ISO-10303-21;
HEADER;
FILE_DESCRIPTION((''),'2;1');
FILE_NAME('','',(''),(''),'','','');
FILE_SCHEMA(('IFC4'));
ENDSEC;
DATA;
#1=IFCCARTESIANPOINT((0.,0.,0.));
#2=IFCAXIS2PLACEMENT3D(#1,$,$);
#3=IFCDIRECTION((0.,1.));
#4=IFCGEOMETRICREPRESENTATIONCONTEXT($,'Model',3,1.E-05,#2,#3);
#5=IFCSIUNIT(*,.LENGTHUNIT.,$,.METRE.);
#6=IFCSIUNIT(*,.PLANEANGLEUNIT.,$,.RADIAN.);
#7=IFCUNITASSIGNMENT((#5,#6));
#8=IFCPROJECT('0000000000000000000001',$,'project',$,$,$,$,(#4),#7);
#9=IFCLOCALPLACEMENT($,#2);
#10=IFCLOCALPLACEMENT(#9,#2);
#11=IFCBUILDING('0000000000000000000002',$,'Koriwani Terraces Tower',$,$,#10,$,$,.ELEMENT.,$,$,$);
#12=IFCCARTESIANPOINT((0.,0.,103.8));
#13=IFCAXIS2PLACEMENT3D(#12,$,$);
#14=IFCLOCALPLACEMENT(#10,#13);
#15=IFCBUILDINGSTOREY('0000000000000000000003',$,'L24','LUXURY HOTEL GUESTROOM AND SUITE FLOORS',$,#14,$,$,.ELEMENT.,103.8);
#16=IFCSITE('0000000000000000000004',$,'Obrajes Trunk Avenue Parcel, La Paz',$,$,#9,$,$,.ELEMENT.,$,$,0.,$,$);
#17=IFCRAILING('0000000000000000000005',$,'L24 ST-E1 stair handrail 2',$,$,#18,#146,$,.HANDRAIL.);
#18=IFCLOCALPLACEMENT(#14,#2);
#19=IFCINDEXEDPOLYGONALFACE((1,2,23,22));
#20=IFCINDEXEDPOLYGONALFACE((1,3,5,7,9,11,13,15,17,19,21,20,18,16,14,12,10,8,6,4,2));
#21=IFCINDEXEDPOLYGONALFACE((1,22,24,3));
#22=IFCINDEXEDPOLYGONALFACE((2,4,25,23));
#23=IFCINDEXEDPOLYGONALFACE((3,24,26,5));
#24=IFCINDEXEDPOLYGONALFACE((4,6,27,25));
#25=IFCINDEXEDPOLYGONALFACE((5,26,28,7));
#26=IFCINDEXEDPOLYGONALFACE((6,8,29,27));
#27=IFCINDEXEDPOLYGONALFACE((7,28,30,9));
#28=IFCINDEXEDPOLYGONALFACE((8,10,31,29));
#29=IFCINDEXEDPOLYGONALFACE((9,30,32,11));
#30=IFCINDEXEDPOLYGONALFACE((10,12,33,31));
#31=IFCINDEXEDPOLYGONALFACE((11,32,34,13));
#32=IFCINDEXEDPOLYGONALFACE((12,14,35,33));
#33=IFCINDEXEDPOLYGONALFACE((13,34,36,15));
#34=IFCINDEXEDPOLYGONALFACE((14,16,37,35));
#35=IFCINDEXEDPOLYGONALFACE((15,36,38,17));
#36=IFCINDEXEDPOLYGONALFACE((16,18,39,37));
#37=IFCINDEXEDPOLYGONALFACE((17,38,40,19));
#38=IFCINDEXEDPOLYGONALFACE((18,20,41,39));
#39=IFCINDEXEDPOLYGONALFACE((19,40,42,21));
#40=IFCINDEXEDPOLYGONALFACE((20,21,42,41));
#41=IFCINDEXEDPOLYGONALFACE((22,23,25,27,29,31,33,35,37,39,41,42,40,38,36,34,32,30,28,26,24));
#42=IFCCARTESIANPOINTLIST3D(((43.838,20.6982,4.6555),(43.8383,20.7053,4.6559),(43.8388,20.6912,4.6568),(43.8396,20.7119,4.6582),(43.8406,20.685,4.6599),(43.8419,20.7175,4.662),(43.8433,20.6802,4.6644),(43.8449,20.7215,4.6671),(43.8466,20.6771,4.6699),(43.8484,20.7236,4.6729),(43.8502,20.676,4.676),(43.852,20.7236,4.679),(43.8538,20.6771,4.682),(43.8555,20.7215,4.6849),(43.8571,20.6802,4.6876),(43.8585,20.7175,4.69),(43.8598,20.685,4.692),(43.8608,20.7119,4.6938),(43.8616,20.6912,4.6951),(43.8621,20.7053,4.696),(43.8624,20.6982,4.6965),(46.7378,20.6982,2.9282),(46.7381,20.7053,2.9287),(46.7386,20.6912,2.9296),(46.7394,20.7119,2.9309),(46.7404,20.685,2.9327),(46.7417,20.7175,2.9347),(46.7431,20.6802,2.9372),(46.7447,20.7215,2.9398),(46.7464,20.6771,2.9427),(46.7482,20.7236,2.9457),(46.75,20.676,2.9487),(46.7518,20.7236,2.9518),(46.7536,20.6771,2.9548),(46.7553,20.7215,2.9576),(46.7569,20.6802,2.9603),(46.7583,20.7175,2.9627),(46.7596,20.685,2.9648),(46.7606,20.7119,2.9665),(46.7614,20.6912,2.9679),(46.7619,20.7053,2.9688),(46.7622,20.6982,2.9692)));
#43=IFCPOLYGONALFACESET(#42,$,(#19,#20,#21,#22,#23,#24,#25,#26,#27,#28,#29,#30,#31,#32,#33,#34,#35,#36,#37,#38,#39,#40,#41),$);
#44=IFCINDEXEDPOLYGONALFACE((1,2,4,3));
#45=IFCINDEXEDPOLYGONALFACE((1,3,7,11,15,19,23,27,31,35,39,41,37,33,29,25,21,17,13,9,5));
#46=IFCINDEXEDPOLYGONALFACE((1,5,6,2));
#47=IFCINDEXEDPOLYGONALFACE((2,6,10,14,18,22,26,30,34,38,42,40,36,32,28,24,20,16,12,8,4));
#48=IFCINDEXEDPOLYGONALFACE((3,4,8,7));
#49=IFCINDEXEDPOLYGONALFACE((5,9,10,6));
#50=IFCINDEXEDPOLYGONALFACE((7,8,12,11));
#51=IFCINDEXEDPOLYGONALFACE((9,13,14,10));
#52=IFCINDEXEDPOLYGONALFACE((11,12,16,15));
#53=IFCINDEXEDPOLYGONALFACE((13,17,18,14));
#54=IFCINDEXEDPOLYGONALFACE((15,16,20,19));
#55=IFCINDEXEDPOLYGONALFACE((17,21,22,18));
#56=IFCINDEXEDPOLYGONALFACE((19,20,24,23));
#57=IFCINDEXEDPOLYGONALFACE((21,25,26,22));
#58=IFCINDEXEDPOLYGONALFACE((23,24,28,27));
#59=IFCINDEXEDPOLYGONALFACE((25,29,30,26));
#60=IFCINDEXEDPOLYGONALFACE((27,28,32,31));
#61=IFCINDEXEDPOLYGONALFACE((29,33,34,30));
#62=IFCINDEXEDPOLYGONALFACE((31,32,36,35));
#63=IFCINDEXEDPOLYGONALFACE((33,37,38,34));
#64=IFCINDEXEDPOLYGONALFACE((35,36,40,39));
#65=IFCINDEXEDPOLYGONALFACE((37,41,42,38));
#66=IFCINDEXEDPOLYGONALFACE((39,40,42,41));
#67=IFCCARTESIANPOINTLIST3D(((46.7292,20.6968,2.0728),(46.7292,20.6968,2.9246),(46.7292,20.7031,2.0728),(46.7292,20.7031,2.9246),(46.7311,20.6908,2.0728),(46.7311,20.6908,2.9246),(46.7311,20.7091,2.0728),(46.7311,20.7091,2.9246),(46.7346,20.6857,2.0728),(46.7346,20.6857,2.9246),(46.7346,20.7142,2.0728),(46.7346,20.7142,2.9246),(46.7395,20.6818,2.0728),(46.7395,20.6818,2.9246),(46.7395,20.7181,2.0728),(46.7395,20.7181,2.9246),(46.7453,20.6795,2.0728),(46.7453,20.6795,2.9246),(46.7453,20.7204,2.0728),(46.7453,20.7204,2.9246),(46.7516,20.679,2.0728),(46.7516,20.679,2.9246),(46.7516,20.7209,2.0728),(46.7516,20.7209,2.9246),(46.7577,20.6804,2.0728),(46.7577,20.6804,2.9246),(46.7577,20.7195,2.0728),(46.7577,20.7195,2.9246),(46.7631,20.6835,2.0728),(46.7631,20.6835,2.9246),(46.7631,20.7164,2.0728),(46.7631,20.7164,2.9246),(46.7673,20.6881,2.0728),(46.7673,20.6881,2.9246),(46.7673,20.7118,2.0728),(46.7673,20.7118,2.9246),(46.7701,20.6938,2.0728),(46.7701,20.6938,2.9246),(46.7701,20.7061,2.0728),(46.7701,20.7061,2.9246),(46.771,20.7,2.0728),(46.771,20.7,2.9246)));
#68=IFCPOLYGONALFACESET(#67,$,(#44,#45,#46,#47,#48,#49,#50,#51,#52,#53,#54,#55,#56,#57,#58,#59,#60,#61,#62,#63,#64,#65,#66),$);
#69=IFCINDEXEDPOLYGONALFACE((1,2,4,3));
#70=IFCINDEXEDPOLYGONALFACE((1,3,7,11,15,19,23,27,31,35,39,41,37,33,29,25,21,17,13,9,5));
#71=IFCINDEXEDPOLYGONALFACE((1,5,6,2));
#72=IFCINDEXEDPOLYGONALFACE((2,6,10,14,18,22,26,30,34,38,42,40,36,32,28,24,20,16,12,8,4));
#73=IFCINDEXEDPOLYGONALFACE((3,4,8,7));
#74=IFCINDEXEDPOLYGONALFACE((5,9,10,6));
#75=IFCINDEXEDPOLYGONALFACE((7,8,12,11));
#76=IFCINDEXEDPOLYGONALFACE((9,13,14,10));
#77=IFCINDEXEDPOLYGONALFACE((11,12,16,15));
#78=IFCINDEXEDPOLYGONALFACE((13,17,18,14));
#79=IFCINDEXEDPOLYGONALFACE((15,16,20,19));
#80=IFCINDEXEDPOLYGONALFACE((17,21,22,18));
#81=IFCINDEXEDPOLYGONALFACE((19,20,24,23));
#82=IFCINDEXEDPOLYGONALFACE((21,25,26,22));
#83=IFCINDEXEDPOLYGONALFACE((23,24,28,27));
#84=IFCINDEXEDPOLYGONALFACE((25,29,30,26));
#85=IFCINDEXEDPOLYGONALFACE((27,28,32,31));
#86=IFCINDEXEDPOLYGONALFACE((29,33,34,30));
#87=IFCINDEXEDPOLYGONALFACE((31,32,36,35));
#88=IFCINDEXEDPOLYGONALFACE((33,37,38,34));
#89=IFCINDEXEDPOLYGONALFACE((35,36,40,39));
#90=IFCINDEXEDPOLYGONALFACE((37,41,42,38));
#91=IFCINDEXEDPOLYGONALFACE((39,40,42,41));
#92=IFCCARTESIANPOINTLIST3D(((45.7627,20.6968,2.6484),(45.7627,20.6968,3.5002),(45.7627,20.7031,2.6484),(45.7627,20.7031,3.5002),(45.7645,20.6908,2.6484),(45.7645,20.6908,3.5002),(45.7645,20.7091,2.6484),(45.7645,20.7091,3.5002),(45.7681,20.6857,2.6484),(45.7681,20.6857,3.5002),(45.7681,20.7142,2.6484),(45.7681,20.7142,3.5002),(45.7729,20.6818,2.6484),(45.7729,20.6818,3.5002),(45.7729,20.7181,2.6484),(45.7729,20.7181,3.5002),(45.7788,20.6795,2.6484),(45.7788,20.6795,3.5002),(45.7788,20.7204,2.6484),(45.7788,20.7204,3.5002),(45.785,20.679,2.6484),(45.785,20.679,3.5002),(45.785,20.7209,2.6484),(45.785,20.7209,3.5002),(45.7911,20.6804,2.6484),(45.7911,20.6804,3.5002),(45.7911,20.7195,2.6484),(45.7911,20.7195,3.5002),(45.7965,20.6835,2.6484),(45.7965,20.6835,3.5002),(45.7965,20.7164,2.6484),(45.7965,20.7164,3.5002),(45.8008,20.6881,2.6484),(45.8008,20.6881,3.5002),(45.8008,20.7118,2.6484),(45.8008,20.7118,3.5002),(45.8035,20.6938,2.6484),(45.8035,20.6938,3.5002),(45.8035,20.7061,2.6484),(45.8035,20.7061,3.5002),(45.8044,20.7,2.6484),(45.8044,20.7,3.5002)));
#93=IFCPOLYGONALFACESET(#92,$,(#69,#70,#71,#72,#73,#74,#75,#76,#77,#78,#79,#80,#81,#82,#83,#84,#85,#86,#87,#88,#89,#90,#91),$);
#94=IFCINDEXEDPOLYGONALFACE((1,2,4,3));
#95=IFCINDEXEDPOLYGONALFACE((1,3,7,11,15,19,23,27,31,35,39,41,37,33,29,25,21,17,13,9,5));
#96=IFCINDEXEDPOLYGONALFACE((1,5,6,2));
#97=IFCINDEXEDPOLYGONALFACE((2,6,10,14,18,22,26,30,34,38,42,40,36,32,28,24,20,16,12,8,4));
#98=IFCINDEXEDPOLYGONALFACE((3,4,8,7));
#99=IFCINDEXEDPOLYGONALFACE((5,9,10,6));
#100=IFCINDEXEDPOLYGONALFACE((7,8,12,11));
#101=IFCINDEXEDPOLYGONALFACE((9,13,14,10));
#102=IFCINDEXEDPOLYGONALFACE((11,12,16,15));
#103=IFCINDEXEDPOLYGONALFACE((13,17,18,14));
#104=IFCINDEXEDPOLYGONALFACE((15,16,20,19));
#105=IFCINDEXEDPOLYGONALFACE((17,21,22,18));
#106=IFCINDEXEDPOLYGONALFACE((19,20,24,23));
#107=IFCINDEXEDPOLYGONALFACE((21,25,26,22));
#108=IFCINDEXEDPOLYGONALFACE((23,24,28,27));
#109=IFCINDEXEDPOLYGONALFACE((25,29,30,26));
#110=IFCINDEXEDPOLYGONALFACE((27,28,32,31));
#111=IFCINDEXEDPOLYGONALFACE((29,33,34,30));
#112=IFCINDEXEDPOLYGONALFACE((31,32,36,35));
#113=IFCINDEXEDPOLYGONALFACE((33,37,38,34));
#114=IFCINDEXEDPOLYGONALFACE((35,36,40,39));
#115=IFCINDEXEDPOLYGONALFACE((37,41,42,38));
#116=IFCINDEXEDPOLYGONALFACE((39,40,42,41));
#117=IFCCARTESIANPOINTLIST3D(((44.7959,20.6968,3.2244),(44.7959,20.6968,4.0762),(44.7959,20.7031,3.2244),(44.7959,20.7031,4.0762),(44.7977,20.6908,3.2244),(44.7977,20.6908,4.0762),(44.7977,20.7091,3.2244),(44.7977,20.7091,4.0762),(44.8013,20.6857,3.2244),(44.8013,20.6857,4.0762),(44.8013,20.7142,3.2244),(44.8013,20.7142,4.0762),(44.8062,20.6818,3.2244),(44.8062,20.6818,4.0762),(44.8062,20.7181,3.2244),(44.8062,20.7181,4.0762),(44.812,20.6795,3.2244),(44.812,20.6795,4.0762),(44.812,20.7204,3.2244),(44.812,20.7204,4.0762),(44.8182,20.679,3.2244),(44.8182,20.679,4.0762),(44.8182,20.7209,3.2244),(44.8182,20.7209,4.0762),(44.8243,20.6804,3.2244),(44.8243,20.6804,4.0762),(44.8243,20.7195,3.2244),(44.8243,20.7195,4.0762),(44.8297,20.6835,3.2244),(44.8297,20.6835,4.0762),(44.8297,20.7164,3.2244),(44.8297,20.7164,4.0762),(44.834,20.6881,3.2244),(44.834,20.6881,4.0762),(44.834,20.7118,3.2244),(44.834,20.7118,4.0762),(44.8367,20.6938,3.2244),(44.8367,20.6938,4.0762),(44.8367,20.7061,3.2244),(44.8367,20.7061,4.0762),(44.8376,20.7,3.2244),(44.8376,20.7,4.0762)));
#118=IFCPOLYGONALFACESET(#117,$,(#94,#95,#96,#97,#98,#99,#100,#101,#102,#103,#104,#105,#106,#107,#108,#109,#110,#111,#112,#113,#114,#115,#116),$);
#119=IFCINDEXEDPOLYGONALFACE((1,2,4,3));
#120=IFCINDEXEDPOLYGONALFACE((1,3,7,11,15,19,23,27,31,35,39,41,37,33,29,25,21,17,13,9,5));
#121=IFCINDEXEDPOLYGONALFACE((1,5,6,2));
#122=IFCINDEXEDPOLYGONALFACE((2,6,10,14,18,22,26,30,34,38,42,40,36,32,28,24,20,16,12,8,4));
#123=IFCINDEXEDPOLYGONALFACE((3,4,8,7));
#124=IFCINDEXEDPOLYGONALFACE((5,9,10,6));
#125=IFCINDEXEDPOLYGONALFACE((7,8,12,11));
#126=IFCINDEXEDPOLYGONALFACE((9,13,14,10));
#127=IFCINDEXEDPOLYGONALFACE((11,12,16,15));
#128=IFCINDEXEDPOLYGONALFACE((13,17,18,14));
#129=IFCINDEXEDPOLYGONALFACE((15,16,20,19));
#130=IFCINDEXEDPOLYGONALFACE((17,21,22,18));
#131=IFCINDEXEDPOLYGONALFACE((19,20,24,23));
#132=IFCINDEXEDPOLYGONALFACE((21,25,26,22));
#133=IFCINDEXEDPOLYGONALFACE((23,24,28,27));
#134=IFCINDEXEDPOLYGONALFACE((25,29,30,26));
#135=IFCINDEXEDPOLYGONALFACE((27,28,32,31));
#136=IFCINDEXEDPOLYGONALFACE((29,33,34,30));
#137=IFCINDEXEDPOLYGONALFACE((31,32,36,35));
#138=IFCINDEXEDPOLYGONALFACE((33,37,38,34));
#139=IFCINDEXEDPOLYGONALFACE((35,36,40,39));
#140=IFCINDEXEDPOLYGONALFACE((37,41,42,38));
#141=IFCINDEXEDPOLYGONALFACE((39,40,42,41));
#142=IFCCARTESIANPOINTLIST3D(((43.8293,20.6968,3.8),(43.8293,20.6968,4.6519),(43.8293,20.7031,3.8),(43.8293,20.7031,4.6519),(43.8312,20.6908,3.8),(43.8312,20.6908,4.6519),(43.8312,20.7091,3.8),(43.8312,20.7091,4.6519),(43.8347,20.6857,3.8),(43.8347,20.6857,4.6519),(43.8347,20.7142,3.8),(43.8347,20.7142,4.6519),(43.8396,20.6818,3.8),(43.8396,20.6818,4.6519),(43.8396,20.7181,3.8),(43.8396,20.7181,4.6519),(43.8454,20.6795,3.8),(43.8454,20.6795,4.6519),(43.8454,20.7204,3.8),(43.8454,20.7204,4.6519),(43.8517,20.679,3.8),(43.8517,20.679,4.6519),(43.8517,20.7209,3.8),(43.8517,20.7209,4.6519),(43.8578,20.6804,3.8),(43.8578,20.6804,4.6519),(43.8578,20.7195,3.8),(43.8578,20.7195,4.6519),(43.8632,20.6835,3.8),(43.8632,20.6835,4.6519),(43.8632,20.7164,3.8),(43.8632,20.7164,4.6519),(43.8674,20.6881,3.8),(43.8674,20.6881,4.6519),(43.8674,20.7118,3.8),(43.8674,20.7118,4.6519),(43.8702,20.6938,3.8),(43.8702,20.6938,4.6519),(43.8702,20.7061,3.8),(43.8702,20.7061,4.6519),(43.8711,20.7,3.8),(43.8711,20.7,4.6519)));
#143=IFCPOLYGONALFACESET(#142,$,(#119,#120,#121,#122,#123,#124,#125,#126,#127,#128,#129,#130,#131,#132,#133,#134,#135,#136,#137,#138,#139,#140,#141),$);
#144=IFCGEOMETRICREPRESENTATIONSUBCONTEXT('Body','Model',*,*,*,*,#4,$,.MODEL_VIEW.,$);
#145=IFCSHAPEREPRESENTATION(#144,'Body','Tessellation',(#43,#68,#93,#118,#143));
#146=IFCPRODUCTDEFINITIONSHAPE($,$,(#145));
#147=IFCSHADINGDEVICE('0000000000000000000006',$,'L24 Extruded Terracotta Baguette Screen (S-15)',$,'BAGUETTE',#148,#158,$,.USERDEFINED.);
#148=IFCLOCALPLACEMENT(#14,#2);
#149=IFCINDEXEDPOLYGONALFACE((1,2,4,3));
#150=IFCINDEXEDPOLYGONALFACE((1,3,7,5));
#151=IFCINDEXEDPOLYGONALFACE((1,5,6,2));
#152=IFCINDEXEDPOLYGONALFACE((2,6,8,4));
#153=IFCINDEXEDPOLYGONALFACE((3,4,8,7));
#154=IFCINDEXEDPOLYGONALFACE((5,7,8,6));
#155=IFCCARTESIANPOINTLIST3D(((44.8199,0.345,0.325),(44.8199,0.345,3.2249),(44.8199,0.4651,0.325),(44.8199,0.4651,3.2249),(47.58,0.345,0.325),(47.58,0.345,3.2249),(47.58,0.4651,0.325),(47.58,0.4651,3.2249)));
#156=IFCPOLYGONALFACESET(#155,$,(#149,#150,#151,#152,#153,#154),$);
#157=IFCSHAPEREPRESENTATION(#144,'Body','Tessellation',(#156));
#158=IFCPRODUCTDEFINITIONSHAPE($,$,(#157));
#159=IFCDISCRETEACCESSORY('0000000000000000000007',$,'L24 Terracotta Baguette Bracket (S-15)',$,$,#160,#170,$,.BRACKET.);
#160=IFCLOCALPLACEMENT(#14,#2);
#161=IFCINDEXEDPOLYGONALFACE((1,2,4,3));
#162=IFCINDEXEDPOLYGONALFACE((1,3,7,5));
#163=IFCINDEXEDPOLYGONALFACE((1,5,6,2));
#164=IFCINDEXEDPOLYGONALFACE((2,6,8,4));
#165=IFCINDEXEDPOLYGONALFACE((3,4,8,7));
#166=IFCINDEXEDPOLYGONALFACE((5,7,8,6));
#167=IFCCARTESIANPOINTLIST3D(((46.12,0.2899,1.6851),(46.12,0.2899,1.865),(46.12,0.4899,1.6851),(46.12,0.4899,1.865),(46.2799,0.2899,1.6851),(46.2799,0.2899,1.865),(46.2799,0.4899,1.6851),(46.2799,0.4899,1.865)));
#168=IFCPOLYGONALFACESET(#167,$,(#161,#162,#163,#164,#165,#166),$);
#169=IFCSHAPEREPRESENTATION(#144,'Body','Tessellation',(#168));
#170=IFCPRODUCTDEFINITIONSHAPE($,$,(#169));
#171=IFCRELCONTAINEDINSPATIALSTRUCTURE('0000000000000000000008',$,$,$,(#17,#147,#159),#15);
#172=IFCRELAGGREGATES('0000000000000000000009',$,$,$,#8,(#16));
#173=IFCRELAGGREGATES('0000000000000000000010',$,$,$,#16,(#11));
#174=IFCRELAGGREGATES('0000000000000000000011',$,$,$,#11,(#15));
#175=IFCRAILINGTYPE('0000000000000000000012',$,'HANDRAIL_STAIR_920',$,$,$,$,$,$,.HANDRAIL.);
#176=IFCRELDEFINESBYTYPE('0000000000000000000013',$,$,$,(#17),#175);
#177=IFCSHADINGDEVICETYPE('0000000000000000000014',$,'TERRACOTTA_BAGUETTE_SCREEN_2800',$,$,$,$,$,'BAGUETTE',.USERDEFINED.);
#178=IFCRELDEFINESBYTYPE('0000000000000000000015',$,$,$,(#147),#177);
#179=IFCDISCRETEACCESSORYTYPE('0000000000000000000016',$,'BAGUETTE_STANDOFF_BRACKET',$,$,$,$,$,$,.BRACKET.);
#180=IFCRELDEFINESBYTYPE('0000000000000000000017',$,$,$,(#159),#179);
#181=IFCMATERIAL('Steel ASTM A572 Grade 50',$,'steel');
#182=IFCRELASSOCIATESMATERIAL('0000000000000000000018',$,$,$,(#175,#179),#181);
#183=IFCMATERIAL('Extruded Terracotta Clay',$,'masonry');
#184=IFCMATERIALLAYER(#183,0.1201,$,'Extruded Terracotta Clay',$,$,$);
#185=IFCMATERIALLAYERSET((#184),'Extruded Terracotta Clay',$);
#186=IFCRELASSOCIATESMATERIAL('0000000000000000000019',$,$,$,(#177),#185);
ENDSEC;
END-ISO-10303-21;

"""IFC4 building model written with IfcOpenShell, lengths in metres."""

from ifc_helpers import new_model, si_unit, direction, frame, origin, origin_2d, place, context, subcontext, project, spatial, rectangle, circle, extrude, material, layer, layer_set, type_object, element, save


model = new_model("IFC4")

# Units and contexts
model_context = context("Model", 3, precision=1e-05, world=origin(), true_north=direction((0.0, 1.0)))
body_context = subcontext(model_context, "Body", "Model", "MODEL_VIEW")
ifc_project = project(units=[si_unit("LENGTHUNIT", "METRE"), si_unit("PLANEANGLEUNIT", "RADIAN")], contexts=[model_context])

# Site, building, storey
site_placement = place(None, origin())
site = spatial("IfcSite", under=ifc_project, at=site_placement, Name="Obrajes Trunk Avenue Parcel, La Paz", CompositionType="ELEMENT", RefElevation=0.0)
building_placement = place(site_placement, origin())
building = spatial("IfcBuilding", under=site, at=building_placement, Name="Koriwani Terraces Tower", CompositionType="ELEMENT")
storey_placement = place(building_placement, frame((0.0, 0.0, 103.8)))
storey = spatial("IfcBuildingStorey", under=building, at=storey_placement, Name="L24", Description="LUXURY HOTEL GUESTROOM AND SUITE FLOORS", CompositionType="ELEMENT", Elevation=103.8)

# Shared definitions
ifc_material_1 = material(Name="Steel ASTM A572 Grade 50", Category="steel")

# Railing
railing_type_1 = type_object("IfcRailingType", Name="HANDRAIL_STAIR_920", PredefinedType="HANDRAIL", material=ifc_material_1)
railing_1_placement = place(storey_placement, frame((46.75, 20.7, 2.0728)))
element("IfcRailing", 1, at=railing_1_placement, inside=storey, type_object=railing_type_1, Name="L24 ST-E1 stair handrail 2", PredefinedType="HANDRAIL", context=body_context, shape_type="SweptSolid", body=[
    extrude(circle(Radius=0.0239, at=origin_2d()), frame((0.0, 0.0, 0.876), z_axis=(-0.859141, 0.0, 0.511738), x_axis=(0.0, -1.0, 0.0)), (0.0, 0.0, 1.0), 3.3752),
    extrude(circle(Radius=0.021, at=origin_2d()), origin(), (0.0, 0.0, 1.0), 0.8518),
    extrude(circle(Radius=0.021, at=origin_2d()), frame((-0.9666, 0.0, 0.5757)), (0.0, 0.0, 1.0), 0.8518),
    extrude(circle(Radius=0.021, at=origin_2d()), frame((-1.9333, 0.0, 1.1516)), (0.0, 0.0, 1.0), 0.8518),
    extrude(circle(Radius=0.021, at=origin_2d()), frame((-2.8999, 0.0, 1.7273)), (0.0, 0.0, 1.0), 0.8518),
])

# Shading device
ifc_material_2 = material(Name="Extruded Terracotta Clay", Category="masonry")
ifc_layer_1 = layer(ifc_material_2, 0.1201, Name="Extruded Terracotta Clay")
ifc_layer_set_1 = layer_set([ifc_layer_1], Name="Extruded Terracotta Clay")
shading_device_type = type_object("IfcShadingDeviceType", Name="TERRACOTTA_BAGUETTE_SCREEN_2800", ElementType="BAGUETTE", PredefinedType="USERDEFINED", material=ifc_layer_set_1)
shading_device_placement = place(storey_placement, frame((46.2, 0.405, 0.325), z_axis=(0.0, 0.0, 1.0), x_axis=(-1.0, 0.0, 0.0)))
element("IfcShadingDevice", 2, at=shading_device_placement, inside=storey, type_object=shading_device_type, Name="L24 Extruded Terracotta Baguette Screen (S-15)", ObjectType="BAGUETTE", PredefinedType="USERDEFINED", context=body_context, shape_type="SweptSolid", body=[
    extrude(rectangle(XDim=2.76, YDim=0.1201, at=origin_2d()), origin(), (0.0, 0.0, 1.0), 2.8999),
])

# Discrete accessory
discrete_accessory_type = type_object("IfcDiscreteAccessoryType", Name="BAGUETTE_STANDOFF_BRACKET", PredefinedType="BRACKET", material=ifc_material_1)
discrete_accessory_placement = place(storey_placement, frame((46.2, 0.3899, 1.6851), z_axis=(0.0, 0.0, 1.0), x_axis=(-1.0, 0.0, 0.0)))
element("IfcDiscreteAccessory", 3, at=discrete_accessory_placement, inside=storey, type_object=discrete_accessory_type, Name="L24 Terracotta Baguette Bracket (S-15)", PredefinedType="BRACKET", context=body_context, shape_type="SweptSolid", body=[
    extrude(rectangle(XDim=0.1599, YDim=0.2, at=origin_2d()), origin(), (0.0, 0.0, 1.0), 0.1799),
])

save(model, "model.ifc")
